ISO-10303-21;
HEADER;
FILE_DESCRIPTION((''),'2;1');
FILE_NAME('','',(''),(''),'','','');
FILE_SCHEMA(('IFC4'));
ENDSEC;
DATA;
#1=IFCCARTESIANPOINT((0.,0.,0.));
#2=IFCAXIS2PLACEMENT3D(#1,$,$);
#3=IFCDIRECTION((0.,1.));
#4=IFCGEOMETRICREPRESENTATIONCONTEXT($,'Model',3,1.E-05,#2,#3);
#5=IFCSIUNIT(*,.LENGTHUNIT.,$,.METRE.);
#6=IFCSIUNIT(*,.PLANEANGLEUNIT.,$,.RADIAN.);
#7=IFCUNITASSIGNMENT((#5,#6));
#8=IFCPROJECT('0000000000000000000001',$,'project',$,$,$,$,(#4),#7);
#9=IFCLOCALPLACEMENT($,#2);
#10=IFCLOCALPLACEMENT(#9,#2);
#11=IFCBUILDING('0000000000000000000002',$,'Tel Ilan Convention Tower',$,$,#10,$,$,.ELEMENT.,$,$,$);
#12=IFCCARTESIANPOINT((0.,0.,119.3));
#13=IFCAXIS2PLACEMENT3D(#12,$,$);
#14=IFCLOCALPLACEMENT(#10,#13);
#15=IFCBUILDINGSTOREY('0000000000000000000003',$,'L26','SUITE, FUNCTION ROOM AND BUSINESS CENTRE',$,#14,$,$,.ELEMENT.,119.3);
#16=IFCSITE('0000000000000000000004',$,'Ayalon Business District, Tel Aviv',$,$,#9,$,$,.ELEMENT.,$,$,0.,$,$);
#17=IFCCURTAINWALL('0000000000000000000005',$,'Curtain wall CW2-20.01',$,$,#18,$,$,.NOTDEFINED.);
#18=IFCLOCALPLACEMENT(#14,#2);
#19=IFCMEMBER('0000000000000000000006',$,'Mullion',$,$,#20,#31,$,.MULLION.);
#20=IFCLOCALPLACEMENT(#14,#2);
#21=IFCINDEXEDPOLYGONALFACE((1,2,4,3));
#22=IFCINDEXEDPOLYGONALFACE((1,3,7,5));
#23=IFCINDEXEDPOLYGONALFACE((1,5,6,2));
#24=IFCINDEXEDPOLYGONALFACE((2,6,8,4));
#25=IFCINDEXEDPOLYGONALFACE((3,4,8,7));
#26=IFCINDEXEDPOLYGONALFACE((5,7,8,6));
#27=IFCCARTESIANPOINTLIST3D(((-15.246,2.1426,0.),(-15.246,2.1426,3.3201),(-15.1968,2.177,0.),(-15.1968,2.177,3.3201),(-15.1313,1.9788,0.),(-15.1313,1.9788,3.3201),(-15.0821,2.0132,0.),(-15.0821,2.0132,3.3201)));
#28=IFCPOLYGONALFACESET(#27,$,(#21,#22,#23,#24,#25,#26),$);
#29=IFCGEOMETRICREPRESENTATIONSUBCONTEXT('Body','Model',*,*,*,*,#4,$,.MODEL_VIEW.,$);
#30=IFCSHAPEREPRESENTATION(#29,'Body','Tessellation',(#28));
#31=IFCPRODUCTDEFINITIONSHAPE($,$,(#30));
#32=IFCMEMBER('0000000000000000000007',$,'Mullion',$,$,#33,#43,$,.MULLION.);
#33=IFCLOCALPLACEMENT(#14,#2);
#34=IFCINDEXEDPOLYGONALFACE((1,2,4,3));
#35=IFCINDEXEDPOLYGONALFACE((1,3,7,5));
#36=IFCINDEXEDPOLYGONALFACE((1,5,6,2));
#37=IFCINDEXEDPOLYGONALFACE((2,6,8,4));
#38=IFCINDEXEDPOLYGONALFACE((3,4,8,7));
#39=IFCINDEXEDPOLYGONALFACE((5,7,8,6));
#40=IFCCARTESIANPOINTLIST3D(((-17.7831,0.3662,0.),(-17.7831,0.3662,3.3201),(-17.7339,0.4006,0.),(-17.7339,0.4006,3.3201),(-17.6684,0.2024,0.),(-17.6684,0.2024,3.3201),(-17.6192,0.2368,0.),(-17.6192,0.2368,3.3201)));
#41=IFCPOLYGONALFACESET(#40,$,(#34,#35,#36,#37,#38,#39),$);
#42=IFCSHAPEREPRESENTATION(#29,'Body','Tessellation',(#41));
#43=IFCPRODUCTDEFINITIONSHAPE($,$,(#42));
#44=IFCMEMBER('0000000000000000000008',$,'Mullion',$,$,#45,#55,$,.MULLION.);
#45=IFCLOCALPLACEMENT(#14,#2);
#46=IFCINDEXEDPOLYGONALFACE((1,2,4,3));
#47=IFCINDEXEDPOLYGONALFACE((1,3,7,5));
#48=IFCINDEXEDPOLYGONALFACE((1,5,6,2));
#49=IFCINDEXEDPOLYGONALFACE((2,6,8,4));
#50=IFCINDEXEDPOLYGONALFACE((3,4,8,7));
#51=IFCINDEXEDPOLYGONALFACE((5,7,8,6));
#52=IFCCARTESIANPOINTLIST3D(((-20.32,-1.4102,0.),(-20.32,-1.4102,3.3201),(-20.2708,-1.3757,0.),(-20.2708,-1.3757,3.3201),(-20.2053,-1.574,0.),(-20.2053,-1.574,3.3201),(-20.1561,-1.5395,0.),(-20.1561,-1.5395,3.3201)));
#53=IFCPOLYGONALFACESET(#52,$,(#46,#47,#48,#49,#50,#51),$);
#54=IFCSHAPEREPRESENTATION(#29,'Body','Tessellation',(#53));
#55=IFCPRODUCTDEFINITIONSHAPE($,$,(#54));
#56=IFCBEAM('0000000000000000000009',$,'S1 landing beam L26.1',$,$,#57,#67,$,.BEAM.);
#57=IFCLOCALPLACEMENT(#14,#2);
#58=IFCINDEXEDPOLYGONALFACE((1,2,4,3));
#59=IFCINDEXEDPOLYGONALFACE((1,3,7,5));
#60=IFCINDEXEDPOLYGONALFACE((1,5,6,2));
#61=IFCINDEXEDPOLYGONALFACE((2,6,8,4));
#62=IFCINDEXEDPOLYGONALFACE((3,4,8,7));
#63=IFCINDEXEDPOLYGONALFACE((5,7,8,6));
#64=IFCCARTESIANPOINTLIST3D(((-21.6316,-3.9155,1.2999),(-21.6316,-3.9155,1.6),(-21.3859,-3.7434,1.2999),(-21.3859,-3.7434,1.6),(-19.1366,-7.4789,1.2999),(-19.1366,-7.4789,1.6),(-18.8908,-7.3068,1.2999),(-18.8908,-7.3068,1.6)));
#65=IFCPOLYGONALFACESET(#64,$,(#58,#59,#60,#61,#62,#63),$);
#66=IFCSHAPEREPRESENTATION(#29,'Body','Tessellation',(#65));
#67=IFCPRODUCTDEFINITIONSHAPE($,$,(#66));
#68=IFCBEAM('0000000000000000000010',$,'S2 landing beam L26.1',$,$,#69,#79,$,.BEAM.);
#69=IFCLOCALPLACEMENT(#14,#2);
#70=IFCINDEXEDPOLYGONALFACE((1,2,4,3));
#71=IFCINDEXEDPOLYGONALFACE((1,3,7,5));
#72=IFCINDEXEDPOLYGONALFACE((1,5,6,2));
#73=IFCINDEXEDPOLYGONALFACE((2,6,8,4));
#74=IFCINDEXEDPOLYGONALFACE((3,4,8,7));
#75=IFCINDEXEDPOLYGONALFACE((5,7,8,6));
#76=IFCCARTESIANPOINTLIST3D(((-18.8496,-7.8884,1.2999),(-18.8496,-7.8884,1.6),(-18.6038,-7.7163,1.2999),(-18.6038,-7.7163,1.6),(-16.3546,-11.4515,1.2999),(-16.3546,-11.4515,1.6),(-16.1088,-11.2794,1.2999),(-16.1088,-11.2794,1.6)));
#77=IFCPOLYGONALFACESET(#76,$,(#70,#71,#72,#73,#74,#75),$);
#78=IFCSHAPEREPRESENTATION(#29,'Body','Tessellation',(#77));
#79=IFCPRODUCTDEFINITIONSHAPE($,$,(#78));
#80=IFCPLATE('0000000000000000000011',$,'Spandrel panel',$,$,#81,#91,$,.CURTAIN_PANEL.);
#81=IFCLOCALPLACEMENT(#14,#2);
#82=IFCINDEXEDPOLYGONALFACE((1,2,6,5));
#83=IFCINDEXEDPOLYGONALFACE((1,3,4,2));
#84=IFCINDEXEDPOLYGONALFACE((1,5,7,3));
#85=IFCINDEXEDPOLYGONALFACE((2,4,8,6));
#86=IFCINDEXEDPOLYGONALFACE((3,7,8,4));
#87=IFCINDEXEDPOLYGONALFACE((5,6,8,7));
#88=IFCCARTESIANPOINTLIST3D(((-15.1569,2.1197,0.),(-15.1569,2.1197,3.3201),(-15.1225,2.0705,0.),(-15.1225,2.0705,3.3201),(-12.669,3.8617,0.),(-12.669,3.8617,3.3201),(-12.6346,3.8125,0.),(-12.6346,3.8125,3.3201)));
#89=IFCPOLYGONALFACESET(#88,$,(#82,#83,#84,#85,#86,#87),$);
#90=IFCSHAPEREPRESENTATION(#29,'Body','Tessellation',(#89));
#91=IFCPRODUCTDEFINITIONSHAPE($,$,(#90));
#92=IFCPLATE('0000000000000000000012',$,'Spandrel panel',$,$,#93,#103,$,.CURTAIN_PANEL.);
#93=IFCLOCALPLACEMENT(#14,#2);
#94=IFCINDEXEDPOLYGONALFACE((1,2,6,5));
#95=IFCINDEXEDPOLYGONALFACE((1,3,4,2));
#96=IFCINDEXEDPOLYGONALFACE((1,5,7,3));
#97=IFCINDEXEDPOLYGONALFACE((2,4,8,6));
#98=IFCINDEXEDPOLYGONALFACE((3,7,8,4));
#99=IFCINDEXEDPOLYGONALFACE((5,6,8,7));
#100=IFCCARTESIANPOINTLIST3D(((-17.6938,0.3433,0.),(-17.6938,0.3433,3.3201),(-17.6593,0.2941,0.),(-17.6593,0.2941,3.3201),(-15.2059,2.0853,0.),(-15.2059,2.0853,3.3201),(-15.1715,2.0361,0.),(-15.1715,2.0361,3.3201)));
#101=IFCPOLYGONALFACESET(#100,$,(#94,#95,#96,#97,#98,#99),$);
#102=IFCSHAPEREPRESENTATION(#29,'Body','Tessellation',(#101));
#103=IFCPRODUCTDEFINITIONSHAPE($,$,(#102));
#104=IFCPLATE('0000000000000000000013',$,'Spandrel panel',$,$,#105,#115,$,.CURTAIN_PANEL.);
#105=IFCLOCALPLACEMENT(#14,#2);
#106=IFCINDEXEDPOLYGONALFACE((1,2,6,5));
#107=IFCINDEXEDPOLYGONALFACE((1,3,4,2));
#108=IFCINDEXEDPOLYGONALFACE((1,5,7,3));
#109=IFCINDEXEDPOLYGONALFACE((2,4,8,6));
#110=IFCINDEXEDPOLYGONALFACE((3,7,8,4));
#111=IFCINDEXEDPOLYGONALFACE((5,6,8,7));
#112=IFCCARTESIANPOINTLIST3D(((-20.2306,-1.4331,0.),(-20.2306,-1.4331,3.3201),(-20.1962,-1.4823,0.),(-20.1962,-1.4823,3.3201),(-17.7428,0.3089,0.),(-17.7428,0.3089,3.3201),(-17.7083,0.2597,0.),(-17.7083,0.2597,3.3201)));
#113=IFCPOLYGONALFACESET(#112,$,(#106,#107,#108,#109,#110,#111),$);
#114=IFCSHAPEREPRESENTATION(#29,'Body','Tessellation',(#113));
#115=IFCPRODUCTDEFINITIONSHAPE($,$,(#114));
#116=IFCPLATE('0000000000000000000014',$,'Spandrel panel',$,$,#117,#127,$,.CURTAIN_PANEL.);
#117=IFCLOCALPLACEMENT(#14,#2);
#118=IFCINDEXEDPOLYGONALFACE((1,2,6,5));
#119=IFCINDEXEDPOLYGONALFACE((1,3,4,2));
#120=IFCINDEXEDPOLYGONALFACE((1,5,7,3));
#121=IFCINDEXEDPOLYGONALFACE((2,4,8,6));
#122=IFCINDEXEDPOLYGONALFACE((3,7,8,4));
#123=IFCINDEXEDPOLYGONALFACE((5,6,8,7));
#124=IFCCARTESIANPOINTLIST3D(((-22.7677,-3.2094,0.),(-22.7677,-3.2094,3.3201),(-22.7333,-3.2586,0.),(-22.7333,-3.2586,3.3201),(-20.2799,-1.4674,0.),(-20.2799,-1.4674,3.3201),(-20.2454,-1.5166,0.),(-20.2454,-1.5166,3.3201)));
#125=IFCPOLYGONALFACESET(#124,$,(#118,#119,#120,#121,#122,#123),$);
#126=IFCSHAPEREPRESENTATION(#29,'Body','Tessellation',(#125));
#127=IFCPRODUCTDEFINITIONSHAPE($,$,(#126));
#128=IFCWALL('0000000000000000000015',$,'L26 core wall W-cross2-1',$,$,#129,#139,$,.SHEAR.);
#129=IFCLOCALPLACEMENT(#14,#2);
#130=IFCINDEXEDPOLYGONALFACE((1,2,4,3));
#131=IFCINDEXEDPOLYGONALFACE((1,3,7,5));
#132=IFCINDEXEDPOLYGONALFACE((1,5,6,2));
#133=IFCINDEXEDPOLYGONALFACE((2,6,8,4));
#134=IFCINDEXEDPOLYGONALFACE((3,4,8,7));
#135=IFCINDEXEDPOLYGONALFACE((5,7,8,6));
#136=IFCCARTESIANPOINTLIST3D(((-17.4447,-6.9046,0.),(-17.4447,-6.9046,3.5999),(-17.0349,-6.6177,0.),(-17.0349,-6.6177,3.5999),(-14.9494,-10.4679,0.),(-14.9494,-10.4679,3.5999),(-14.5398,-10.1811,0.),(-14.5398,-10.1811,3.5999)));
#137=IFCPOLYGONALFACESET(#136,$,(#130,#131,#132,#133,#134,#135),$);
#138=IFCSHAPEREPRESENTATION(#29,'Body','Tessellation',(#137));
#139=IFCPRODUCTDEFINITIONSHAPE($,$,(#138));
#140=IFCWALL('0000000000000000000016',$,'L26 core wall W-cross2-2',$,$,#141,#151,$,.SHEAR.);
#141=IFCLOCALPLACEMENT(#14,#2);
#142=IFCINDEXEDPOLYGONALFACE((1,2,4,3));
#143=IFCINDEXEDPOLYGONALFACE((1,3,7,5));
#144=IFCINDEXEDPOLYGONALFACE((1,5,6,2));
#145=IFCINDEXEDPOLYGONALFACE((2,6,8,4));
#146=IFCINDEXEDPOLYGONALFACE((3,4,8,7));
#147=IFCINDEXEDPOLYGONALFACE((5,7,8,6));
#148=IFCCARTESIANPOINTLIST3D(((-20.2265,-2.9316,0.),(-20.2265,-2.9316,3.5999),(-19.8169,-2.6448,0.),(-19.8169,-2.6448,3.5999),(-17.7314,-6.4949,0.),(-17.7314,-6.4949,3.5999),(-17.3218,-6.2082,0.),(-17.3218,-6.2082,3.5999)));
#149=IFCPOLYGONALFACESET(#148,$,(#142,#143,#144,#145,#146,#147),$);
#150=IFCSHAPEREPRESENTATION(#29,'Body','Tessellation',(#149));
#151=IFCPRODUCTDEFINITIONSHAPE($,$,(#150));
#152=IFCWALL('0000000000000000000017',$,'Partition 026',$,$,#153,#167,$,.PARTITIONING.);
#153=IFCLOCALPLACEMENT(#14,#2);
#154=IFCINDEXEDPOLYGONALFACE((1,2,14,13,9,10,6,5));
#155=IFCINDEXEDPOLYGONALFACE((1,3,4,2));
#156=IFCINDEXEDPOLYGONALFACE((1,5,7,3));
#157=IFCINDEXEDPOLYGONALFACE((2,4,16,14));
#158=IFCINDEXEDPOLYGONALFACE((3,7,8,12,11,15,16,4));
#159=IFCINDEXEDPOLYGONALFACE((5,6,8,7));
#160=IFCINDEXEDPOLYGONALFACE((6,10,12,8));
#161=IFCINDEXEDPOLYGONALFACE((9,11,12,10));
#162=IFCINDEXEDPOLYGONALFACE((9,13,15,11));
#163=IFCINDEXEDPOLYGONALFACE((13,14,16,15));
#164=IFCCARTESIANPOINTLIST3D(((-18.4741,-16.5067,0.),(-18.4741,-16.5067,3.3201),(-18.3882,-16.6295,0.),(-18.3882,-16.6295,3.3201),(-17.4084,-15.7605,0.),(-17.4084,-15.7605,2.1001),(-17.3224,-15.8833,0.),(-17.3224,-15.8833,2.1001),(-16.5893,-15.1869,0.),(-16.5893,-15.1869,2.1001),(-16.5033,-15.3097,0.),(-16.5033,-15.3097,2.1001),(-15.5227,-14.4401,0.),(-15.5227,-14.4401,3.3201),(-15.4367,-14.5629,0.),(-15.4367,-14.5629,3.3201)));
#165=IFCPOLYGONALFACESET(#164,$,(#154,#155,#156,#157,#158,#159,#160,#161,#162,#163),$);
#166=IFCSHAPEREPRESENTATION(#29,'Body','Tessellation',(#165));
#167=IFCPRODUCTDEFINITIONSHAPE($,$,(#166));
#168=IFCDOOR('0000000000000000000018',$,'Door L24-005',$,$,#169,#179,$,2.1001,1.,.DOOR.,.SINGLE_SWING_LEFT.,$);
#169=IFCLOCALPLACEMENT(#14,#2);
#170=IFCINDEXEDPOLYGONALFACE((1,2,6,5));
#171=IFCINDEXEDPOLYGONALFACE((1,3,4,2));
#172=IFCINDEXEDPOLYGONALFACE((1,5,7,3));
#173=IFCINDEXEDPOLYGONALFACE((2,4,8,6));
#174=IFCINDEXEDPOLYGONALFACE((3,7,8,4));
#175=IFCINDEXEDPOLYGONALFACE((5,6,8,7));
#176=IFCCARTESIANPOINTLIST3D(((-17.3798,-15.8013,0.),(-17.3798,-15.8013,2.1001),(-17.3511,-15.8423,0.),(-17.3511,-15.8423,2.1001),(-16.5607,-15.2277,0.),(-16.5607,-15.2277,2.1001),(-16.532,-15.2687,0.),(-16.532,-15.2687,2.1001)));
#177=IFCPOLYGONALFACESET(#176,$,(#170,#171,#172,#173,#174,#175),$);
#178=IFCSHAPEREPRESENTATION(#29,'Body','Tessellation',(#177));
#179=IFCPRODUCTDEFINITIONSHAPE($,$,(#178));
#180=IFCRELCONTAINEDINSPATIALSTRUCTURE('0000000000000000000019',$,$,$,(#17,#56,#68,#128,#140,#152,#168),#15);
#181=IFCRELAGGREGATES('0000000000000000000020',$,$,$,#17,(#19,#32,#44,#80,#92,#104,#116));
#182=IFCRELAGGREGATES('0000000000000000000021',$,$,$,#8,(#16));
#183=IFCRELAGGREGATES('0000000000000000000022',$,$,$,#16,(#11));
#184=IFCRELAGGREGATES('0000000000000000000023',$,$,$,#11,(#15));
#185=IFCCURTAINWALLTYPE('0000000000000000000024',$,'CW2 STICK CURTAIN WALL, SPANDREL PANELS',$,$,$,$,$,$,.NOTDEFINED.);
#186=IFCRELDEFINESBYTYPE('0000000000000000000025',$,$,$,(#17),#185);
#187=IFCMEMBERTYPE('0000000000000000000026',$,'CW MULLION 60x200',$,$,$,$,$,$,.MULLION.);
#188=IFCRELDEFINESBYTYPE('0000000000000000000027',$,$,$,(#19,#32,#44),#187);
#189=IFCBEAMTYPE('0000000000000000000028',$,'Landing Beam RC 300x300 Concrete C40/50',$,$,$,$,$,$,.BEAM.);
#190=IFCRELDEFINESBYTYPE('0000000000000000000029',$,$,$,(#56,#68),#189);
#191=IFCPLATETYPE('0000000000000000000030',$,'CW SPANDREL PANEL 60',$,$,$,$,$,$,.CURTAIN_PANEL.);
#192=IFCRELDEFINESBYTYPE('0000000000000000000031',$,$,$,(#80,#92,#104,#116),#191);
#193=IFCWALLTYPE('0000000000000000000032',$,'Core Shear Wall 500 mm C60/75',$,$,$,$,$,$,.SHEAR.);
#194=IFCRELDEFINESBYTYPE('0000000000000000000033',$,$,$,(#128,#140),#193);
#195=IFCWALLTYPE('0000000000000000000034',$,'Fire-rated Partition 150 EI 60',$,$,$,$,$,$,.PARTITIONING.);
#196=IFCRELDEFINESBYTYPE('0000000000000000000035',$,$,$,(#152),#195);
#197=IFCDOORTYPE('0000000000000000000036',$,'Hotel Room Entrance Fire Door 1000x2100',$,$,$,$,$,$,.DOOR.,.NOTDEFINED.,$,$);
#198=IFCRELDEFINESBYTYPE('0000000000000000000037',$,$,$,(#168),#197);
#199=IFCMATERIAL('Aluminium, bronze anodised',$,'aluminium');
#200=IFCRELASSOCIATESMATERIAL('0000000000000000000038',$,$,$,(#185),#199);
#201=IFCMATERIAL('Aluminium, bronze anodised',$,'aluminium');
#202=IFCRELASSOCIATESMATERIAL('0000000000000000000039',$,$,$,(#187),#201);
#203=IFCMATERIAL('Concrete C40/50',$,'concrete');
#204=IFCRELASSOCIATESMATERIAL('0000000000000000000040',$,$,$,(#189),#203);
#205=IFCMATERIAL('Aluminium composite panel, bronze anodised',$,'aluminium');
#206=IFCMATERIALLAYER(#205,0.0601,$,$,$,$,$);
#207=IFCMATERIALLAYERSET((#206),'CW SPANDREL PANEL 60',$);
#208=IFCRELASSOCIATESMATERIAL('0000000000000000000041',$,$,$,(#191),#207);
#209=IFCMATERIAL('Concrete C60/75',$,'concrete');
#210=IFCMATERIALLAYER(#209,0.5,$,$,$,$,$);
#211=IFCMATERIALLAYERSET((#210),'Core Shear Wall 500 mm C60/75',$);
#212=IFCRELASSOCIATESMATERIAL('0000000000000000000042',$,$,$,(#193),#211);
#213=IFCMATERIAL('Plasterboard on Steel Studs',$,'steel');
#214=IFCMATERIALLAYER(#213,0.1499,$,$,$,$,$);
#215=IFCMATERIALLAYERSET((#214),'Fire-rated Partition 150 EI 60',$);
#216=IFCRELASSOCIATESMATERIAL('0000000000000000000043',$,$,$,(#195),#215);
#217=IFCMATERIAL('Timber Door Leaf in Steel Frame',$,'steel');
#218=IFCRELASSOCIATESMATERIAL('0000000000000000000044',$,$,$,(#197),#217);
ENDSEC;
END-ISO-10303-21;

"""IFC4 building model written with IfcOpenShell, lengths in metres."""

from ifc_helpers import new_model, si_unit, direction, frame, frame_2d, origin, origin_2d, place, context, subcontext, project, spatial, polyline, rectangle, outline, extrude, material, layer, layer_set, material_profile, profile_set, type_object, element, fill, aggregate, save


model = new_model("IFC4")

# Units and contexts
model_context = context("Model", 3, precision=1e-05, world=origin(), true_north=direction((0.0, 1.0)))
body_context = subcontext(model_context, "Body", "Model", "MODEL_VIEW")
ifc_project = project(units=[si_unit("LENGTHUNIT", "METRE"), si_unit("PLANEANGLEUNIT", "RADIAN")], contexts=[model_context])

# Site, building, storey
site_placement = place(None, origin())
site = spatial("IfcSite", under=ifc_project, at=site_placement, Name="Ayalon Business District, Tel Aviv", CompositionType="ELEMENT", RefElevation=0.0)
building_placement = place(site_placement, origin())
building = spatial("IfcBuilding", under=site, at=building_placement, Name="Tel Ilan Convention Tower", CompositionType="ELEMENT")
storey_placement = place(building_placement, frame((0.0, 0.0, 119.3)))
storey = spatial("IfcBuildingStorey", under=building, at=storey_placement, Name="L26", Description="SUITE, FUNCTION ROOM AND BUSINESS CENTRE", CompositionType="ELEMENT", Elevation=119.3)

# Curtain wall, members
ifc_material_1 = material(Name="Aluminium, bronze anodised", Category="aluminium")
curtain_wall_type = type_object("IfcCurtainWallType", Name="CW2 STICK CURTAIN WALL, SPANDREL PANELS", PredefinedType="NOTDEFINED", material=ifc_material_1)
curtain_wall_placement = place(storey_placement, origin())
curtain_wall = element("IfcCurtainWall", 1, at=curtain_wall_placement, inside=storey, type_object=curtain_wall_type, Name="Curtain wall CW2-20.01", PredefinedType="NOTDEFINED")
ifc_material_2 = material(Name="Aluminium, bronze anodised", Category="aluminium")
ifc_material_profile_1 = material_profile(ifc_material_2, rectangle(XDim=0.0601, YDim=0.2, at=origin_2d()), Name="CW MULLION 60x200")
ifc_profile_set_1 = profile_set([ifc_material_profile_1], Name="Aluminium, bronze anodised")
member_type = type_object("IfcMemberType", Name="CW MULLION 60x200", PredefinedType="MULLION", material=ifc_profile_set_1)
member_1_placement = place(storey_placement, frame((-15.1641, 2.0779, 0.0), z_axis=(0.0, 0.0, 1.0), x_axis=(-0.819152, -0.573576, 0.0)))
member_1 = element("IfcMember", 2, at=member_1_placement, type_object=member_type, Name="Mullion", PredefinedType="MULLION", context=body_context, shape_type="SweptSolid", body=[
    extrude(rectangle(XDim=0.0601, YDim=0.2, at=origin_2d()), origin(), (0.0, 0.0, 1.0), 3.3201),
])
member_2_placement = place(storey_placement, frame((-17.7012, 0.3015, 0.0), z_axis=(0.0, 0.0, 1.0), x_axis=(-0.819152, -0.573576, 0.0)))
member_2 = element("IfcMember", 3, at=member_2_placement, type_object=member_type, Name="Mullion", PredefinedType="MULLION", context=body_context, shape_type="SweptSolid", body=[
    extrude(rectangle(XDim=0.0601, YDim=0.2, at=origin_2d()), origin(), (0.0, 0.0, 1.0), 3.3201),
])
member_3_placement = place(storey_placement, frame((-20.238, -1.4749, 0.0), z_axis=(0.0, 0.0, 1.0), x_axis=(-0.819152, -0.573576, 0.0)))
member_3 = element("IfcMember", 4, at=member_3_placement, type_object=member_type, Name="Mullion", PredefinedType="MULLION", context=body_context, shape_type="SweptSolid", body=[
    extrude(rectangle(XDim=0.0601, YDim=0.2, at=origin_2d()), origin(), (0.0, 0.0, 1.0), 3.3201),
])

# Beams
ifc_material_3 = material(Name="Concrete C40/50", Category="concrete")
ifc_material_profile_2 = material_profile(ifc_material_3, rectangle(XDim=0.3, YDim=0.3, at=origin_2d()), Name="RC 300x300")
ifc_profile_set_2 = profile_set([ifc_material_profile_2], Name="Concrete C40/50")
beam_type = type_object("IfcBeamType", Name="Landing Beam RC 300x300 Concrete C40/50", PredefinedType="BEAM", material=ifc_profile_set_2)
beam_1_placement = place(storey_placement, frame((-19.0137, -7.3928, 1.45), z_axis=(-0.573568, 0.819158, 0.0), x_axis=(-0.819158, -0.573568, 0.0)))
element("IfcBeam", 5, at=beam_1_placement, inside=storey, type_object=beam_type, Name="S1 landing beam L26.1", PredefinedType="BEAM", context=body_context, shape_type="SweptSolid", body=[
    extrude(rectangle(XDim=0.3, YDim=0.3, at=origin_2d()), origin(), (0.0, 0.0, 1.0), 4.3501),
])
beam_2_placement = place(storey_placement, frame((-16.2317, -11.3655, 1.45), z_axis=(-0.573594, 0.81914, 0.0), x_axis=(-0.81914, -0.573594, 0.0)))
element("IfcBeam", 6, at=beam_2_placement, inside=storey, type_object=beam_type, Name="S2 landing beam L26.1", PredefinedType="BEAM", context=body_context, shape_type="SweptSolid", body=[
    extrude(rectangle(XDim=0.3, YDim=0.3, at=origin_2d()), origin(), (0.0, 0.0, 1.0), 4.3499),
])

# Plates
ifc_material_4 = material(Name="Aluminium composite panel, bronze anodised", Category="aluminium")
ifc_layer_1 = layer(ifc_material_4, 0.0601)
ifc_layer_set_1 = layer_set([ifc_layer_1], Name="CW SPANDREL PANEL 60")
plate_type = type_object("IfcPlateType", Name="CW SPANDREL PANEL 60", PredefinedType="CURTAIN_PANEL", material=ifc_layer_set_1)
plate_1_placement = place(storey_placement, frame((-13.8958, 2.9661, 0.0), z_axis=(0.0, 0.0, 1.0), x_axis=(-0.819152, -0.573576, 0.0)))
plate_1 = element("IfcPlate", 7, at=plate_1_placement, type_object=plate_type, Name="Spandrel panel", PredefinedType="CURTAIN_PANEL", context=body_context, shape_type="SweptSolid", body=[
    extrude(rectangle(XDim=3.0371, YDim=0.0601, at=origin_2d()), origin(), (0.0, 0.0, 1.0), 3.3201),
])
plate_2_placement = place(storey_placement, frame((-16.4326, 1.1897, 0.0), z_axis=(0.0, 0.0, 1.0), x_axis=(-0.819152, -0.573576, 0.0)))
plate_2 = element("IfcPlate", 8, at=plate_2_placement, type_object=plate_type, Name="Spandrel panel", PredefinedType="CURTAIN_PANEL", context=body_context, shape_type="SweptSolid", body=[
    extrude(rectangle(XDim=3.0371, YDim=0.0601, at=origin_2d()), origin(), (0.0, 0.0, 1.0), 3.3201),
])
plate_3_placement = place(storey_placement, frame((-18.9695, -0.5867, 0.0), z_axis=(0.0, 0.0, 1.0), x_axis=(-0.819152, -0.573576, 0.0)))
plate_3 = element("IfcPlate", 9, at=plate_3_placement, type_object=plate_type, Name="Spandrel panel", PredefinedType="CURTAIN_PANEL", context=body_context, shape_type="SweptSolid", body=[
    extrude(rectangle(XDim=3.0371, YDim=0.0601, at=origin_2d()), origin(), (0.0, 0.0, 1.0), 3.3201),
])
plate_4_placement = place(storey_placement, frame((-21.5066, -2.363, 0.0), z_axis=(0.0, 0.0, 1.0), x_axis=(-0.819152, -0.573576, 0.0)))
plate_4 = element("IfcPlate", 10, at=plate_4_placement, type_object=plate_type, Name="Spandrel panel", PredefinedType="CURTAIN_PANEL", context=body_context, shape_type="SweptSolid", body=[
    extrude(rectangle(XDim=3.0371, YDim=0.0601, at=origin_2d()), origin(), (0.0, 0.0, 1.0), 3.3201),
])
aggregate(curtain_wall, [member_1, member_2, member_3, plate_1, plate_2, plate_3, plate_4])

# Walls
ifc_material_5 = material(Name="Concrete C60/75", Category="concrete")
ifc_layer_2 = layer(ifc_material_5, 0.5)
ifc_layer_set_2 = layer_set([ifc_layer_2], Name="Core Shear Wall 500 mm C60/75")
wall_type_1 = type_object("IfcWallType", Name="Core Shear Wall 500 mm C60/75", PredefinedType="SHEAR", material=ifc_layer_set_2)
wall_1_placement = place(storey_placement, frame((-14.7446, -10.3245, 0.0), z_axis=(0.0, 0.0, 1.0), x_axis=(-0.573568, 0.819158, 0.0)))
element("IfcWall", 11, at=wall_1_placement, inside=storey, type_object=wall_type_1, Name="L26 core wall W-cross2-1", PredefinedType="SHEAR", context=body_context, shape_type="SweptSolid", body=[
    extrude(outline(polyline([(4.3501, 0.2502), (0.0, 0.25), (0.0, -0.25), (4.3501, -0.25), (4.3501, 0.2502)])), origin(), (0.0, 0.0, 1.0), 3.5999),
])
wall_2_placement = place(storey_placement, frame((-17.5266, -6.3516, 0.0), z_axis=(0.0, 0.0, 1.0), x_axis=(-0.57353, 0.819184, 0.0)))
element("IfcWall", 12, at=wall_2_placement, inside=storey, type_object=wall_type_1, Name="L26 core wall W-cross2-2", PredefinedType="SHEAR", context=body_context, shape_type="SweptSolid", body=[
    extrude(outline(polyline([(4.3501, -0.2498), (4.3501, 0.2502), (0.0, 0.25), (0.0, -0.25), (4.3501, -0.2498)])), origin(), (0.0, 0.0, 1.0), 3.5999),
])

# Wall, opening, door
ifc_material_6 = material(Name="Plasterboard on Steel Studs", Category="steel")
ifc_layer_3 = layer(ifc_material_6, 0.1499)
ifc_layer_set_3 = layer_set([ifc_layer_3], Name="Fire-rated Partition 150 EI 60")
wall_type_2 = type_object("IfcWallType", Name="Fire-rated Partition 150 EI 60", PredefinedType="PARTITIONING", material=ifc_layer_set_3)
wall_3_placement = place(storey_placement, frame((-15.4797, -14.5015, 0.0), z_axis=(0.0, 0.0, 1.0), x_axis=(-0.819146, -0.573585, 0.0)))
wall_3 = element("IfcWall", 13, at=wall_3_placement, inside=storey, type_object=wall_type_2, Name="Partition 026", PredefinedType="PARTITIONING", context=body_context, shape_type="SweptSolid", body=[
    extrude(rectangle(XDim=3.603, YDim=0.1499, at=frame_2d((1.8015, 0.0))), origin(), (0.0, 0.0, 1.0), 3.3201),
])
opening_placement = place(wall_3_placement, frame((1.302, 0.0, 0.0)))
opening = element("IfcOpeningElement", 14, at=opening_placement, cuts=wall_3, PredefinedType="OPENING", context=body_context, shape_type="SweptSolid", body=[
    extrude(rectangle(XDim=1.0, YDim=2.1001, at=frame_2d((0.5, 1.05))), frame((0.0, 0.085, 0.0), z_axis=(0.0, -1.0, 0.0), x_axis=(1.0, 0.0, 0.0)), (0.0, 0.0, 1.0), 0.1699),
])
ifc_material_7 = material(Name="Timber Door Leaf in Steel Frame", Category="steel")
door_type = type_object("IfcDoorType", Name="Hotel Room Entrance Fire Door 1000x2100", OperationType="NOTDEFINED", PredefinedType="DOOR", material=ifc_material_7)
door_placement = place(opening_placement, origin())
door = element("IfcDoor", 15, at=door_placement, inside=storey, type_object=door_type, Name="Door L24-005", OperationType="SINGLE_SWING_LEFT", OverallHeight=2.1001, OverallWidth=1.0, PredefinedType="DOOR", context=body_context, shape_type="SweptSolid", body=[
    extrude(rectangle(XDim=1.0, YDim=2.1001, at=frame_2d((0.5, 1.05))), frame((0.0, 0.0249, 0.0), z_axis=(0.0, -1.0, 0.0), x_axis=(1.0, 0.0, 0.0)), (0.0, 0.0, 1.0), 0.05),
])
fill(opening, door)

save(model, "model.ifc")
